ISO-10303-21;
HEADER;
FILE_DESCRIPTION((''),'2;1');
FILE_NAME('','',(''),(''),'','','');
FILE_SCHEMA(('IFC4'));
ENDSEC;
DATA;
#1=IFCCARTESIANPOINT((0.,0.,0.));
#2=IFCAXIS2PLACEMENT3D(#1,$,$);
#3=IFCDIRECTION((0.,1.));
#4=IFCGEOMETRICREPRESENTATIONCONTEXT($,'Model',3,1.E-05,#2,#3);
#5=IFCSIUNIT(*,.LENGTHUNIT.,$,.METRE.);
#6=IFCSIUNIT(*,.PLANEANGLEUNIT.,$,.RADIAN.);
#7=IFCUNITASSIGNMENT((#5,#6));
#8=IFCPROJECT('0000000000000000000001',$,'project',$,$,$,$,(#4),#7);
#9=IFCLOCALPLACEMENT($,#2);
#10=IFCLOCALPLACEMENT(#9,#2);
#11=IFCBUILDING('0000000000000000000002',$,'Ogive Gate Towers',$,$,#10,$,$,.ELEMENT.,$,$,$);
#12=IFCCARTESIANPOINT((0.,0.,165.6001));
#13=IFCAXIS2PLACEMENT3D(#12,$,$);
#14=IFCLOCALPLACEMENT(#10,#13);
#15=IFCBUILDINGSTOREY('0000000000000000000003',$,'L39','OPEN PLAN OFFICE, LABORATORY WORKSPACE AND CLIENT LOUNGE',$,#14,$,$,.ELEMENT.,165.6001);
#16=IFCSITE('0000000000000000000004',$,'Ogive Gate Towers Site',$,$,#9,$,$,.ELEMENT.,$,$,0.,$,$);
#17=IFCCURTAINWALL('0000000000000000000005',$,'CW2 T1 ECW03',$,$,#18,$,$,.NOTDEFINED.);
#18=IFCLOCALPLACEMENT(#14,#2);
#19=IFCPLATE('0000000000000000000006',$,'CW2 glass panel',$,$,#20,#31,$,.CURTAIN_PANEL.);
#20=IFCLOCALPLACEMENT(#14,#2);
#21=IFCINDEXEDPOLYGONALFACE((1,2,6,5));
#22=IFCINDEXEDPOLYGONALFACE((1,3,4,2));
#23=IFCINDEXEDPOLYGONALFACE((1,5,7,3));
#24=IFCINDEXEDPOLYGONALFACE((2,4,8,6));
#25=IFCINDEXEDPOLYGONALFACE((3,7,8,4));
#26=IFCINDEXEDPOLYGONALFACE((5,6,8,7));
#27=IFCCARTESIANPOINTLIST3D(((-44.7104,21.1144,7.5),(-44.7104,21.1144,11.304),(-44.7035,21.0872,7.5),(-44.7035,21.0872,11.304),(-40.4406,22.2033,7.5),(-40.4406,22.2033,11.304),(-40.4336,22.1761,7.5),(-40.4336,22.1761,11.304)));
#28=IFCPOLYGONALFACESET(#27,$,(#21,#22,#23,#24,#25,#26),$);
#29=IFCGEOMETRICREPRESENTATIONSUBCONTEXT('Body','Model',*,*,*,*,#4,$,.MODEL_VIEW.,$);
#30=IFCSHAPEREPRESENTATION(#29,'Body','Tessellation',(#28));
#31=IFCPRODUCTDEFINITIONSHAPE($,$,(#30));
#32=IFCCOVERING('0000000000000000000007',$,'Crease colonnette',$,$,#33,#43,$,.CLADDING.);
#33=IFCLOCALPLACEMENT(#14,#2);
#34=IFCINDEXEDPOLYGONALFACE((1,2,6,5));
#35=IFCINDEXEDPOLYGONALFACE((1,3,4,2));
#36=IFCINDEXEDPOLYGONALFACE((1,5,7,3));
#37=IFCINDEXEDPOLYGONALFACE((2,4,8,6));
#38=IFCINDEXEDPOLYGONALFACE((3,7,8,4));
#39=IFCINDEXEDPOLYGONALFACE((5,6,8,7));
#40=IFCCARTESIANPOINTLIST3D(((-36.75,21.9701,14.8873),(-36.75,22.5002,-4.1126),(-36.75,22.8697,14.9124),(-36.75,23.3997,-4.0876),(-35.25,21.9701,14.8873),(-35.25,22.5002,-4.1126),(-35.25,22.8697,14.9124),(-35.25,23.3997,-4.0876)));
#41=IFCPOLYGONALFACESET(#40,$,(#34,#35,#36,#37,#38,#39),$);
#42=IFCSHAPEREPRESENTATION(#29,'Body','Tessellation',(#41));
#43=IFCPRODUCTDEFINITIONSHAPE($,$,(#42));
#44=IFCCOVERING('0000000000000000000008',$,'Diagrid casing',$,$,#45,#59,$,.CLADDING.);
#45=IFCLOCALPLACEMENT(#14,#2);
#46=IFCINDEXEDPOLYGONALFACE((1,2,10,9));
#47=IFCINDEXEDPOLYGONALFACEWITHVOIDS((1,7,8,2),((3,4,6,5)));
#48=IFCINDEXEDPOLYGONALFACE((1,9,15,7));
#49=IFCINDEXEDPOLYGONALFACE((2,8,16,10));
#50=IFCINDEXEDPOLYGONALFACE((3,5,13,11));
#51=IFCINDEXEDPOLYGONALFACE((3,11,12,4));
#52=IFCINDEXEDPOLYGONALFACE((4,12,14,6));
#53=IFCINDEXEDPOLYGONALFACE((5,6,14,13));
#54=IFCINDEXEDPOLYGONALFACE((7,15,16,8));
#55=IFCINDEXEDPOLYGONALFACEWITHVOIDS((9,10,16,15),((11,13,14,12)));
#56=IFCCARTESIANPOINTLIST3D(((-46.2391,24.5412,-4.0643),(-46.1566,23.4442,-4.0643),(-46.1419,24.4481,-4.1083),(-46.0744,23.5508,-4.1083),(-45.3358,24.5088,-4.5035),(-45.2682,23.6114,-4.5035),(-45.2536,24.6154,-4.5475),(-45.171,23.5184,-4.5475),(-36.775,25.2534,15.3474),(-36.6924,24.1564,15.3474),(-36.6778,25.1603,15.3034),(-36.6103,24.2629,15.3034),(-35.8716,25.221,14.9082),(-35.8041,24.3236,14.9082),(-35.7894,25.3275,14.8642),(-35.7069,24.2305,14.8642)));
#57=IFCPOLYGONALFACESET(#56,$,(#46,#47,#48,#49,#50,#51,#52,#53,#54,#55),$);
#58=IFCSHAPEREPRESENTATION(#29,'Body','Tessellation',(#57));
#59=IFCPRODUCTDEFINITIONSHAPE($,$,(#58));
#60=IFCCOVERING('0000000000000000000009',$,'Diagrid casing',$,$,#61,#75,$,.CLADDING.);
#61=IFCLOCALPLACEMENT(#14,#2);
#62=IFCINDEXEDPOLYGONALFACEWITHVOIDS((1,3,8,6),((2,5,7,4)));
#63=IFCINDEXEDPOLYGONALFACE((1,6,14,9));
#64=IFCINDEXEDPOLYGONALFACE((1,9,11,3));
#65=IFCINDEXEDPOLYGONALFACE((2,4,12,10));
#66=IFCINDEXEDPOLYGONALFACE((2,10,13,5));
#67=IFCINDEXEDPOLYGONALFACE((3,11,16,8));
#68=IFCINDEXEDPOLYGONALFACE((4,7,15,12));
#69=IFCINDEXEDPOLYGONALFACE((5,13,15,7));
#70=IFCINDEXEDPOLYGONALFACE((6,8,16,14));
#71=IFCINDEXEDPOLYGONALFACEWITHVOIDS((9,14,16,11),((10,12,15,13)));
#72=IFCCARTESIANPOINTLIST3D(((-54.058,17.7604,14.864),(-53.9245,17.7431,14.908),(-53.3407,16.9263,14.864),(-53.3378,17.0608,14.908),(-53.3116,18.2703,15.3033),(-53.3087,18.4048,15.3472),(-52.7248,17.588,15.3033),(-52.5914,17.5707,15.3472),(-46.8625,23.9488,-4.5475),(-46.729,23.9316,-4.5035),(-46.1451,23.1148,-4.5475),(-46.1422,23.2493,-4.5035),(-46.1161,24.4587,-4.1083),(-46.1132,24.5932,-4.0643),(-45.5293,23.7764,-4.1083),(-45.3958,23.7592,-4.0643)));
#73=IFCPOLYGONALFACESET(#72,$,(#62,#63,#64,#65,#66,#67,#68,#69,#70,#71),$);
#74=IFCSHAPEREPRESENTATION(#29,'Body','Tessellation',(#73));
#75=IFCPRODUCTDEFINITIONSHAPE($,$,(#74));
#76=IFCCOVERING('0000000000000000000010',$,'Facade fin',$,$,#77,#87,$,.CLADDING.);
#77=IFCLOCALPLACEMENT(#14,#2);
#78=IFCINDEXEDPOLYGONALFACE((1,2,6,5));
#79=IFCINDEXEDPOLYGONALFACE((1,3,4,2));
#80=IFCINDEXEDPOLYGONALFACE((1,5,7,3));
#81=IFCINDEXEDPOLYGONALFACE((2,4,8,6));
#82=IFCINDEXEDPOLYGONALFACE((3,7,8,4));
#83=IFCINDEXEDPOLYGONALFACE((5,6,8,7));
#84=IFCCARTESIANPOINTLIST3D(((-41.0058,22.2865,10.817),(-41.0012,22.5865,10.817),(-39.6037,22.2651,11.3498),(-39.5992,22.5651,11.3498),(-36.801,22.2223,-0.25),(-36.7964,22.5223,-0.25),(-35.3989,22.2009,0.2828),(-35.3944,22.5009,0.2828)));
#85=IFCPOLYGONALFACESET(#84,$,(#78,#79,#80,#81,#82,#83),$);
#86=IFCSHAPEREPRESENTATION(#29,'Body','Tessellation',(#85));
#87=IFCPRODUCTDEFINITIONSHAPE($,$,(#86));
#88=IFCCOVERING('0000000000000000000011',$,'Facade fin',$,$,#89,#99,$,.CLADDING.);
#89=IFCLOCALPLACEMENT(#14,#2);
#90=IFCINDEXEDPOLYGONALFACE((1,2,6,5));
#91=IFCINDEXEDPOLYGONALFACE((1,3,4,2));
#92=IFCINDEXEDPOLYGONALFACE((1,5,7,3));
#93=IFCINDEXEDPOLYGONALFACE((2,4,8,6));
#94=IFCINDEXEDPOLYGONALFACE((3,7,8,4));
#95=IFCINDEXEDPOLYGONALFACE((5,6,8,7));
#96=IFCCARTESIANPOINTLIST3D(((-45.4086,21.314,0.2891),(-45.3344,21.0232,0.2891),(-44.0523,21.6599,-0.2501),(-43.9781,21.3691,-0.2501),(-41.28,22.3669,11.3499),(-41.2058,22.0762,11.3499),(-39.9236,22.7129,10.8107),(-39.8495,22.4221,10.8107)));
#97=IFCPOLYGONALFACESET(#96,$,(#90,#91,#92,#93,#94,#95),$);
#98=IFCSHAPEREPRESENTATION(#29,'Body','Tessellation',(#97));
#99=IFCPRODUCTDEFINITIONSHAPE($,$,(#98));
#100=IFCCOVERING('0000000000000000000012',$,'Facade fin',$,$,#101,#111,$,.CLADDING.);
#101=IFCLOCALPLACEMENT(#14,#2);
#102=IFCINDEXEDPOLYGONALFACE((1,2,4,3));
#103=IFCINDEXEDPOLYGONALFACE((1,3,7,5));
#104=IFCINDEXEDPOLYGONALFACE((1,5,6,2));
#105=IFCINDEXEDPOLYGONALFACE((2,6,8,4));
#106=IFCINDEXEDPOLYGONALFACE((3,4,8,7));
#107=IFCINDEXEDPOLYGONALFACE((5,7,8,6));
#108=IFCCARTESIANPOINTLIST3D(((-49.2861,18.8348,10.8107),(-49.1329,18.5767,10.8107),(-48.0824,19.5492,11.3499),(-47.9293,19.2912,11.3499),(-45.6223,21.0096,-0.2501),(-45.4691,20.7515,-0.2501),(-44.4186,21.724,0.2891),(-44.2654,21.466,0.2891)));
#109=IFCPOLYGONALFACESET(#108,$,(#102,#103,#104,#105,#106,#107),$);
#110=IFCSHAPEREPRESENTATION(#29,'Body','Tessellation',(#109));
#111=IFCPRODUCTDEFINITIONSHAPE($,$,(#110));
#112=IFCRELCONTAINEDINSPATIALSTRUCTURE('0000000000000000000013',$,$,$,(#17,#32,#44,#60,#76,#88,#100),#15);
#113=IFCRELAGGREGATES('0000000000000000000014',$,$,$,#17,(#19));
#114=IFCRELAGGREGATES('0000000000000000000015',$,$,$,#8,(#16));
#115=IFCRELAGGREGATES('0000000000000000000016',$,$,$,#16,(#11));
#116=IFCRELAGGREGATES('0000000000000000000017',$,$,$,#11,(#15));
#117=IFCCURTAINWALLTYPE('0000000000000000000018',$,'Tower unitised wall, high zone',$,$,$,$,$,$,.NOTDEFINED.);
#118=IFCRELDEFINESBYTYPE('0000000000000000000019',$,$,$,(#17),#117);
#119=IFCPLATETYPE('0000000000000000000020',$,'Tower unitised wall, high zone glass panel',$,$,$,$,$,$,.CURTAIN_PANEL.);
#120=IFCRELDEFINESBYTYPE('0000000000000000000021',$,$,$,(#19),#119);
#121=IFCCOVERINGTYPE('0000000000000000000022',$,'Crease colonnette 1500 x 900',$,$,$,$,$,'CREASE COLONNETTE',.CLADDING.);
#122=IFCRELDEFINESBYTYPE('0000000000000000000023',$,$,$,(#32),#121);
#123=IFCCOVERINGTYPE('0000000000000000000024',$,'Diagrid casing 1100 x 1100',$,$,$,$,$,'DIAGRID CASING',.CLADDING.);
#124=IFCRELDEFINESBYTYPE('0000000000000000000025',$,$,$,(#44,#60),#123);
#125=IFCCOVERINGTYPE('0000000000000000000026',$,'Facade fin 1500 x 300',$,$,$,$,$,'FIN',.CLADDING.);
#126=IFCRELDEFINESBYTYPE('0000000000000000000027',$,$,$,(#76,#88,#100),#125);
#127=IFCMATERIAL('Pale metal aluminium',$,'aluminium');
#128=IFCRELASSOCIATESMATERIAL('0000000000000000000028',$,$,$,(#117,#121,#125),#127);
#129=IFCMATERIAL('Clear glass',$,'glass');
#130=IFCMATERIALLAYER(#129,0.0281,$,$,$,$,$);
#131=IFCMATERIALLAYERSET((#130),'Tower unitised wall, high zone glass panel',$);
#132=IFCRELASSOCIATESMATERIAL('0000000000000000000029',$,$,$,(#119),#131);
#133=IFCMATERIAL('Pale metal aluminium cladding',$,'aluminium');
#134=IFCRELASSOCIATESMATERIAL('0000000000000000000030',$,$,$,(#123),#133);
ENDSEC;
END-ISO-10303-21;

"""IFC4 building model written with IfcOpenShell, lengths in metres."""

from ifc_helpers import new_model, si_unit, direction, frame, origin, origin_2d, place, context, subcontext, project, spatial, rectangle, hollow_rectangle, extrude, material, layer, layer_set, material_profile, profile_set, type_object, element, aggregate, save


model = new_model("IFC4")

# Units and contexts
model_context = context("Model", 3, precision=1e-05, world=origin(), true_north=direction((0.0, 1.0)))
body_context = subcontext(model_context, "Body", "Model", "MODEL_VIEW")
ifc_project = project(units=[si_unit("LENGTHUNIT", "METRE"), si_unit("PLANEANGLEUNIT", "RADIAN")], contexts=[model_context])

# Site, building, storey
site_placement = place(None, origin())
site = spatial("IfcSite", under=ifc_project, at=site_placement, Name="Ogive Gate Towers Site", CompositionType="ELEMENT", RefElevation=0.0)
building_placement = place(site_placement, origin())
building = spatial("IfcBuilding", under=site, at=building_placement, Name="Ogive Gate Towers", CompositionType="ELEMENT")
storey_placement = place(building_placement, frame((0.0, 0.0, 165.6001)))
storey = spatial("IfcBuildingStorey", under=building, at=storey_placement, Name="L39", Description="OPEN PLAN OFFICE, LABORATORY WORKSPACE AND CLIENT LOUNGE", CompositionType="ELEMENT", Elevation=165.6001)

# Curtain wall, plate
ifc_material_1 = material(Name="Pale metal aluminium", Category="aluminium")
curtain_wall_type = type_object("IfcCurtainWallType", Name="Tower unitised wall, high zone", PredefinedType="NOTDEFINED", material=ifc_material_1)
curtain_wall_placement = place(storey_placement, origin())
curtain_wall = element("IfcCurtainWall", 1, at=curtain_wall_placement, inside=storey, type_object=curtain_wall_type, Name="CW2 T1 ECW03", PredefinedType="NOTDEFINED")
ifc_material_2 = material(Name="Clear glass", Category="glass")
ifc_layer = layer(ifc_material_2, 0.0281)
ifc_layer_set = layer_set([ifc_layer], Name="Tower unitised wall, high zone glass panel")
plate_type = type_object("IfcPlateType", Name="Tower unitised wall, high zone glass panel", PredefinedType="CURTAIN_PANEL", material=ifc_layer_set)
plate_1_placement = place(storey_placement, frame((-42.572, 21.6453, 7.5), z_axis=(0.0, 0.0, 1.0), x_axis=(-0.96899, -0.2471, 0.0)))
plate_1 = element("IfcPlate", 2, at=plate_1_placement, type_object=plate_type, Name="CW2 glass panel", PredefinedType="CURTAIN_PANEL", context=body_context, shape_type="SweptSolid", body=[
    extrude(rectangle(XDim=4.4065, YDim=0.0281, at=origin_2d()), origin(), (0.0, 0.0, 1.0), 3.804),
])
aggregate(curtain_wall, [plate_1])

# Coverings
ifc_material_profile_1 = material_profile(ifc_material_1, rectangle(XDim=1.5, YDim=0.8999, at=origin_2d()), Name="1500 x 900 pale metal aluminium")
ifc_profile_set_1 = profile_set([ifc_material_profile_1], Name="Pale metal aluminium")
covering_type_1 = type_object("IfcCoveringType", Name="Crease colonnette 1500 x 900", ElementType="CREASE COLONNETTE", PredefinedType="CLADDING", material=ifc_profile_set_1)
covering_1_placement = place(storey_placement, frame((-36.0, 22.95, -4.1001), z_axis=(0.0, -0.027885, 0.999611), x_axis=(1.0, 0.0, 0.0)))
element("IfcCovering", 3, at=covering_1_placement, inside=storey, type_object=covering_type_1, Name="Crease colonnette", PredefinedType="CLADDING", context=body_context, shape_type="SweptSolid", body=[
    extrude(rectangle(XDim=1.5, YDim=0.8999, at=origin_2d()), origin(), (0.0, 0.0, 1.0), 19.0073),
])
ifc_material_3 = material(Name="Pale metal aluminium cladding", Category="aluminium")
ifc_material_profile_2 = material_profile(ifc_material_3, hollow_rectangle(XDim=1.1001, YDim=1.1001, WallThickness=0.1001, at=origin_2d()), Name="1100 x 1100 pale metal casing")
ifc_profile_set_2 = profile_set([ifc_material_profile_2], Name="Pale metal aluminium cladding")
covering_type_2 = type_object("IfcCoveringType", Name="Diagrid casing 1100 x 1100", ElementType="DIAGRID CASING", PredefinedType="CLADDING", material=ifc_profile_set_2)
covering_2_placement = place(storey_placement, frame((-45.7051, 24.0298, -4.3059), z_axis=(0.438, 0.032959, 0.898371), x_axis=(-0.075036, 0.997181, 0.0)))
element("IfcCovering", 4, at=covering_2_placement, inside=storey, type_object=covering_type_2, Name="Diagrid casing", PredefinedType="CLADDING", context=body_context, shape_type="SweptSolid", body=[
    extrude(hollow_rectangle(XDim=1.1001, YDim=1.1001, WallThickness=0.1001, at=origin_2d()), origin(), (0.0, 0.0, 1.0), 21.6077),
])
covering_3_placement = place(storey_placement, frame((-46.1292, 23.854, -4.3059), z_axis=(-0.333012, -0.286404, 0.898374), x_axis=(0.652057, -0.75817, 0.0)))
element("IfcCovering", 5, at=covering_3_placement, inside=storey, type_object=covering_type_2, Name="Diagrid casing", PredefinedType="CLADDING", context=body_context, shape_type="SweptSolid", body=[
    extrude(hollow_rectangle(XDim=1.1001, YDim=1.1001, WallThickness=0.1001, at=origin_2d()), origin(), (0.0, 0.0, 1.0), 21.6074),
])
ifc_material_profile_3 = material_profile(ifc_material_1, rectangle(XDim=0.3, YDim=1.5, at=origin_2d()), Name="1500 x 300 pale metal aluminium")
ifc_profile_set_3 = profile_set([ifc_material_profile_3], Name="Pale metal aluminium")
covering_type_3 = type_object("IfcCoveringType", Name="Facade fin 1500 x 300", ElementType="FIN", PredefinedType="CLADDING", material=ifc_profile_set_3)
covering_4_placement = place(storey_placement, frame((-36.0977, 22.3616, 0.0164), z_axis=(-0.355162, 0.005423, 0.934789), x_axis=(-0.015268, -0.999883, 0.0)))
element("IfcCovering", 6, at=covering_4_placement, inside=storey, type_object=covering_type_3, Name="Facade fin", PredefinedType="CLADDING", context=body_context, shape_type="SweptSolid", body=[
    extrude(rectangle(XDim=0.3, YDim=1.5, at=origin_2d()), origin(), (0.0, 0.0, 1.0), 11.8391),
])
for number, where, z_axis, x_axis, name in (
    (7, (-44.6934, 21.3416, 0.0195), (0.34832, 0.088836, 0.933157), (-0.24713, 0.968982, 0.0), "Facade fin"),
    (8, (-44.9438, 21.2378, 0.0195), (-0.309104, -0.183481, 0.933161), (0.510437, -0.859915, 0.0), "Facade fin"),
):
    element("IfcCovering", number, at=place(storey_placement, frame(where, z_axis=z_axis, x_axis=x_axis)), inside=storey, type_object=covering_type_3, Name=name, PredefinedType="CLADDING", context=body_context, shape_type="SweptSolid", body=[
        extrude(rectangle(XDim=0.3, YDim=1.5, at=origin_2d()), origin(), (0.0, 0.0, 1.0), 11.853),
    ])

save(model, "model.ifc")
